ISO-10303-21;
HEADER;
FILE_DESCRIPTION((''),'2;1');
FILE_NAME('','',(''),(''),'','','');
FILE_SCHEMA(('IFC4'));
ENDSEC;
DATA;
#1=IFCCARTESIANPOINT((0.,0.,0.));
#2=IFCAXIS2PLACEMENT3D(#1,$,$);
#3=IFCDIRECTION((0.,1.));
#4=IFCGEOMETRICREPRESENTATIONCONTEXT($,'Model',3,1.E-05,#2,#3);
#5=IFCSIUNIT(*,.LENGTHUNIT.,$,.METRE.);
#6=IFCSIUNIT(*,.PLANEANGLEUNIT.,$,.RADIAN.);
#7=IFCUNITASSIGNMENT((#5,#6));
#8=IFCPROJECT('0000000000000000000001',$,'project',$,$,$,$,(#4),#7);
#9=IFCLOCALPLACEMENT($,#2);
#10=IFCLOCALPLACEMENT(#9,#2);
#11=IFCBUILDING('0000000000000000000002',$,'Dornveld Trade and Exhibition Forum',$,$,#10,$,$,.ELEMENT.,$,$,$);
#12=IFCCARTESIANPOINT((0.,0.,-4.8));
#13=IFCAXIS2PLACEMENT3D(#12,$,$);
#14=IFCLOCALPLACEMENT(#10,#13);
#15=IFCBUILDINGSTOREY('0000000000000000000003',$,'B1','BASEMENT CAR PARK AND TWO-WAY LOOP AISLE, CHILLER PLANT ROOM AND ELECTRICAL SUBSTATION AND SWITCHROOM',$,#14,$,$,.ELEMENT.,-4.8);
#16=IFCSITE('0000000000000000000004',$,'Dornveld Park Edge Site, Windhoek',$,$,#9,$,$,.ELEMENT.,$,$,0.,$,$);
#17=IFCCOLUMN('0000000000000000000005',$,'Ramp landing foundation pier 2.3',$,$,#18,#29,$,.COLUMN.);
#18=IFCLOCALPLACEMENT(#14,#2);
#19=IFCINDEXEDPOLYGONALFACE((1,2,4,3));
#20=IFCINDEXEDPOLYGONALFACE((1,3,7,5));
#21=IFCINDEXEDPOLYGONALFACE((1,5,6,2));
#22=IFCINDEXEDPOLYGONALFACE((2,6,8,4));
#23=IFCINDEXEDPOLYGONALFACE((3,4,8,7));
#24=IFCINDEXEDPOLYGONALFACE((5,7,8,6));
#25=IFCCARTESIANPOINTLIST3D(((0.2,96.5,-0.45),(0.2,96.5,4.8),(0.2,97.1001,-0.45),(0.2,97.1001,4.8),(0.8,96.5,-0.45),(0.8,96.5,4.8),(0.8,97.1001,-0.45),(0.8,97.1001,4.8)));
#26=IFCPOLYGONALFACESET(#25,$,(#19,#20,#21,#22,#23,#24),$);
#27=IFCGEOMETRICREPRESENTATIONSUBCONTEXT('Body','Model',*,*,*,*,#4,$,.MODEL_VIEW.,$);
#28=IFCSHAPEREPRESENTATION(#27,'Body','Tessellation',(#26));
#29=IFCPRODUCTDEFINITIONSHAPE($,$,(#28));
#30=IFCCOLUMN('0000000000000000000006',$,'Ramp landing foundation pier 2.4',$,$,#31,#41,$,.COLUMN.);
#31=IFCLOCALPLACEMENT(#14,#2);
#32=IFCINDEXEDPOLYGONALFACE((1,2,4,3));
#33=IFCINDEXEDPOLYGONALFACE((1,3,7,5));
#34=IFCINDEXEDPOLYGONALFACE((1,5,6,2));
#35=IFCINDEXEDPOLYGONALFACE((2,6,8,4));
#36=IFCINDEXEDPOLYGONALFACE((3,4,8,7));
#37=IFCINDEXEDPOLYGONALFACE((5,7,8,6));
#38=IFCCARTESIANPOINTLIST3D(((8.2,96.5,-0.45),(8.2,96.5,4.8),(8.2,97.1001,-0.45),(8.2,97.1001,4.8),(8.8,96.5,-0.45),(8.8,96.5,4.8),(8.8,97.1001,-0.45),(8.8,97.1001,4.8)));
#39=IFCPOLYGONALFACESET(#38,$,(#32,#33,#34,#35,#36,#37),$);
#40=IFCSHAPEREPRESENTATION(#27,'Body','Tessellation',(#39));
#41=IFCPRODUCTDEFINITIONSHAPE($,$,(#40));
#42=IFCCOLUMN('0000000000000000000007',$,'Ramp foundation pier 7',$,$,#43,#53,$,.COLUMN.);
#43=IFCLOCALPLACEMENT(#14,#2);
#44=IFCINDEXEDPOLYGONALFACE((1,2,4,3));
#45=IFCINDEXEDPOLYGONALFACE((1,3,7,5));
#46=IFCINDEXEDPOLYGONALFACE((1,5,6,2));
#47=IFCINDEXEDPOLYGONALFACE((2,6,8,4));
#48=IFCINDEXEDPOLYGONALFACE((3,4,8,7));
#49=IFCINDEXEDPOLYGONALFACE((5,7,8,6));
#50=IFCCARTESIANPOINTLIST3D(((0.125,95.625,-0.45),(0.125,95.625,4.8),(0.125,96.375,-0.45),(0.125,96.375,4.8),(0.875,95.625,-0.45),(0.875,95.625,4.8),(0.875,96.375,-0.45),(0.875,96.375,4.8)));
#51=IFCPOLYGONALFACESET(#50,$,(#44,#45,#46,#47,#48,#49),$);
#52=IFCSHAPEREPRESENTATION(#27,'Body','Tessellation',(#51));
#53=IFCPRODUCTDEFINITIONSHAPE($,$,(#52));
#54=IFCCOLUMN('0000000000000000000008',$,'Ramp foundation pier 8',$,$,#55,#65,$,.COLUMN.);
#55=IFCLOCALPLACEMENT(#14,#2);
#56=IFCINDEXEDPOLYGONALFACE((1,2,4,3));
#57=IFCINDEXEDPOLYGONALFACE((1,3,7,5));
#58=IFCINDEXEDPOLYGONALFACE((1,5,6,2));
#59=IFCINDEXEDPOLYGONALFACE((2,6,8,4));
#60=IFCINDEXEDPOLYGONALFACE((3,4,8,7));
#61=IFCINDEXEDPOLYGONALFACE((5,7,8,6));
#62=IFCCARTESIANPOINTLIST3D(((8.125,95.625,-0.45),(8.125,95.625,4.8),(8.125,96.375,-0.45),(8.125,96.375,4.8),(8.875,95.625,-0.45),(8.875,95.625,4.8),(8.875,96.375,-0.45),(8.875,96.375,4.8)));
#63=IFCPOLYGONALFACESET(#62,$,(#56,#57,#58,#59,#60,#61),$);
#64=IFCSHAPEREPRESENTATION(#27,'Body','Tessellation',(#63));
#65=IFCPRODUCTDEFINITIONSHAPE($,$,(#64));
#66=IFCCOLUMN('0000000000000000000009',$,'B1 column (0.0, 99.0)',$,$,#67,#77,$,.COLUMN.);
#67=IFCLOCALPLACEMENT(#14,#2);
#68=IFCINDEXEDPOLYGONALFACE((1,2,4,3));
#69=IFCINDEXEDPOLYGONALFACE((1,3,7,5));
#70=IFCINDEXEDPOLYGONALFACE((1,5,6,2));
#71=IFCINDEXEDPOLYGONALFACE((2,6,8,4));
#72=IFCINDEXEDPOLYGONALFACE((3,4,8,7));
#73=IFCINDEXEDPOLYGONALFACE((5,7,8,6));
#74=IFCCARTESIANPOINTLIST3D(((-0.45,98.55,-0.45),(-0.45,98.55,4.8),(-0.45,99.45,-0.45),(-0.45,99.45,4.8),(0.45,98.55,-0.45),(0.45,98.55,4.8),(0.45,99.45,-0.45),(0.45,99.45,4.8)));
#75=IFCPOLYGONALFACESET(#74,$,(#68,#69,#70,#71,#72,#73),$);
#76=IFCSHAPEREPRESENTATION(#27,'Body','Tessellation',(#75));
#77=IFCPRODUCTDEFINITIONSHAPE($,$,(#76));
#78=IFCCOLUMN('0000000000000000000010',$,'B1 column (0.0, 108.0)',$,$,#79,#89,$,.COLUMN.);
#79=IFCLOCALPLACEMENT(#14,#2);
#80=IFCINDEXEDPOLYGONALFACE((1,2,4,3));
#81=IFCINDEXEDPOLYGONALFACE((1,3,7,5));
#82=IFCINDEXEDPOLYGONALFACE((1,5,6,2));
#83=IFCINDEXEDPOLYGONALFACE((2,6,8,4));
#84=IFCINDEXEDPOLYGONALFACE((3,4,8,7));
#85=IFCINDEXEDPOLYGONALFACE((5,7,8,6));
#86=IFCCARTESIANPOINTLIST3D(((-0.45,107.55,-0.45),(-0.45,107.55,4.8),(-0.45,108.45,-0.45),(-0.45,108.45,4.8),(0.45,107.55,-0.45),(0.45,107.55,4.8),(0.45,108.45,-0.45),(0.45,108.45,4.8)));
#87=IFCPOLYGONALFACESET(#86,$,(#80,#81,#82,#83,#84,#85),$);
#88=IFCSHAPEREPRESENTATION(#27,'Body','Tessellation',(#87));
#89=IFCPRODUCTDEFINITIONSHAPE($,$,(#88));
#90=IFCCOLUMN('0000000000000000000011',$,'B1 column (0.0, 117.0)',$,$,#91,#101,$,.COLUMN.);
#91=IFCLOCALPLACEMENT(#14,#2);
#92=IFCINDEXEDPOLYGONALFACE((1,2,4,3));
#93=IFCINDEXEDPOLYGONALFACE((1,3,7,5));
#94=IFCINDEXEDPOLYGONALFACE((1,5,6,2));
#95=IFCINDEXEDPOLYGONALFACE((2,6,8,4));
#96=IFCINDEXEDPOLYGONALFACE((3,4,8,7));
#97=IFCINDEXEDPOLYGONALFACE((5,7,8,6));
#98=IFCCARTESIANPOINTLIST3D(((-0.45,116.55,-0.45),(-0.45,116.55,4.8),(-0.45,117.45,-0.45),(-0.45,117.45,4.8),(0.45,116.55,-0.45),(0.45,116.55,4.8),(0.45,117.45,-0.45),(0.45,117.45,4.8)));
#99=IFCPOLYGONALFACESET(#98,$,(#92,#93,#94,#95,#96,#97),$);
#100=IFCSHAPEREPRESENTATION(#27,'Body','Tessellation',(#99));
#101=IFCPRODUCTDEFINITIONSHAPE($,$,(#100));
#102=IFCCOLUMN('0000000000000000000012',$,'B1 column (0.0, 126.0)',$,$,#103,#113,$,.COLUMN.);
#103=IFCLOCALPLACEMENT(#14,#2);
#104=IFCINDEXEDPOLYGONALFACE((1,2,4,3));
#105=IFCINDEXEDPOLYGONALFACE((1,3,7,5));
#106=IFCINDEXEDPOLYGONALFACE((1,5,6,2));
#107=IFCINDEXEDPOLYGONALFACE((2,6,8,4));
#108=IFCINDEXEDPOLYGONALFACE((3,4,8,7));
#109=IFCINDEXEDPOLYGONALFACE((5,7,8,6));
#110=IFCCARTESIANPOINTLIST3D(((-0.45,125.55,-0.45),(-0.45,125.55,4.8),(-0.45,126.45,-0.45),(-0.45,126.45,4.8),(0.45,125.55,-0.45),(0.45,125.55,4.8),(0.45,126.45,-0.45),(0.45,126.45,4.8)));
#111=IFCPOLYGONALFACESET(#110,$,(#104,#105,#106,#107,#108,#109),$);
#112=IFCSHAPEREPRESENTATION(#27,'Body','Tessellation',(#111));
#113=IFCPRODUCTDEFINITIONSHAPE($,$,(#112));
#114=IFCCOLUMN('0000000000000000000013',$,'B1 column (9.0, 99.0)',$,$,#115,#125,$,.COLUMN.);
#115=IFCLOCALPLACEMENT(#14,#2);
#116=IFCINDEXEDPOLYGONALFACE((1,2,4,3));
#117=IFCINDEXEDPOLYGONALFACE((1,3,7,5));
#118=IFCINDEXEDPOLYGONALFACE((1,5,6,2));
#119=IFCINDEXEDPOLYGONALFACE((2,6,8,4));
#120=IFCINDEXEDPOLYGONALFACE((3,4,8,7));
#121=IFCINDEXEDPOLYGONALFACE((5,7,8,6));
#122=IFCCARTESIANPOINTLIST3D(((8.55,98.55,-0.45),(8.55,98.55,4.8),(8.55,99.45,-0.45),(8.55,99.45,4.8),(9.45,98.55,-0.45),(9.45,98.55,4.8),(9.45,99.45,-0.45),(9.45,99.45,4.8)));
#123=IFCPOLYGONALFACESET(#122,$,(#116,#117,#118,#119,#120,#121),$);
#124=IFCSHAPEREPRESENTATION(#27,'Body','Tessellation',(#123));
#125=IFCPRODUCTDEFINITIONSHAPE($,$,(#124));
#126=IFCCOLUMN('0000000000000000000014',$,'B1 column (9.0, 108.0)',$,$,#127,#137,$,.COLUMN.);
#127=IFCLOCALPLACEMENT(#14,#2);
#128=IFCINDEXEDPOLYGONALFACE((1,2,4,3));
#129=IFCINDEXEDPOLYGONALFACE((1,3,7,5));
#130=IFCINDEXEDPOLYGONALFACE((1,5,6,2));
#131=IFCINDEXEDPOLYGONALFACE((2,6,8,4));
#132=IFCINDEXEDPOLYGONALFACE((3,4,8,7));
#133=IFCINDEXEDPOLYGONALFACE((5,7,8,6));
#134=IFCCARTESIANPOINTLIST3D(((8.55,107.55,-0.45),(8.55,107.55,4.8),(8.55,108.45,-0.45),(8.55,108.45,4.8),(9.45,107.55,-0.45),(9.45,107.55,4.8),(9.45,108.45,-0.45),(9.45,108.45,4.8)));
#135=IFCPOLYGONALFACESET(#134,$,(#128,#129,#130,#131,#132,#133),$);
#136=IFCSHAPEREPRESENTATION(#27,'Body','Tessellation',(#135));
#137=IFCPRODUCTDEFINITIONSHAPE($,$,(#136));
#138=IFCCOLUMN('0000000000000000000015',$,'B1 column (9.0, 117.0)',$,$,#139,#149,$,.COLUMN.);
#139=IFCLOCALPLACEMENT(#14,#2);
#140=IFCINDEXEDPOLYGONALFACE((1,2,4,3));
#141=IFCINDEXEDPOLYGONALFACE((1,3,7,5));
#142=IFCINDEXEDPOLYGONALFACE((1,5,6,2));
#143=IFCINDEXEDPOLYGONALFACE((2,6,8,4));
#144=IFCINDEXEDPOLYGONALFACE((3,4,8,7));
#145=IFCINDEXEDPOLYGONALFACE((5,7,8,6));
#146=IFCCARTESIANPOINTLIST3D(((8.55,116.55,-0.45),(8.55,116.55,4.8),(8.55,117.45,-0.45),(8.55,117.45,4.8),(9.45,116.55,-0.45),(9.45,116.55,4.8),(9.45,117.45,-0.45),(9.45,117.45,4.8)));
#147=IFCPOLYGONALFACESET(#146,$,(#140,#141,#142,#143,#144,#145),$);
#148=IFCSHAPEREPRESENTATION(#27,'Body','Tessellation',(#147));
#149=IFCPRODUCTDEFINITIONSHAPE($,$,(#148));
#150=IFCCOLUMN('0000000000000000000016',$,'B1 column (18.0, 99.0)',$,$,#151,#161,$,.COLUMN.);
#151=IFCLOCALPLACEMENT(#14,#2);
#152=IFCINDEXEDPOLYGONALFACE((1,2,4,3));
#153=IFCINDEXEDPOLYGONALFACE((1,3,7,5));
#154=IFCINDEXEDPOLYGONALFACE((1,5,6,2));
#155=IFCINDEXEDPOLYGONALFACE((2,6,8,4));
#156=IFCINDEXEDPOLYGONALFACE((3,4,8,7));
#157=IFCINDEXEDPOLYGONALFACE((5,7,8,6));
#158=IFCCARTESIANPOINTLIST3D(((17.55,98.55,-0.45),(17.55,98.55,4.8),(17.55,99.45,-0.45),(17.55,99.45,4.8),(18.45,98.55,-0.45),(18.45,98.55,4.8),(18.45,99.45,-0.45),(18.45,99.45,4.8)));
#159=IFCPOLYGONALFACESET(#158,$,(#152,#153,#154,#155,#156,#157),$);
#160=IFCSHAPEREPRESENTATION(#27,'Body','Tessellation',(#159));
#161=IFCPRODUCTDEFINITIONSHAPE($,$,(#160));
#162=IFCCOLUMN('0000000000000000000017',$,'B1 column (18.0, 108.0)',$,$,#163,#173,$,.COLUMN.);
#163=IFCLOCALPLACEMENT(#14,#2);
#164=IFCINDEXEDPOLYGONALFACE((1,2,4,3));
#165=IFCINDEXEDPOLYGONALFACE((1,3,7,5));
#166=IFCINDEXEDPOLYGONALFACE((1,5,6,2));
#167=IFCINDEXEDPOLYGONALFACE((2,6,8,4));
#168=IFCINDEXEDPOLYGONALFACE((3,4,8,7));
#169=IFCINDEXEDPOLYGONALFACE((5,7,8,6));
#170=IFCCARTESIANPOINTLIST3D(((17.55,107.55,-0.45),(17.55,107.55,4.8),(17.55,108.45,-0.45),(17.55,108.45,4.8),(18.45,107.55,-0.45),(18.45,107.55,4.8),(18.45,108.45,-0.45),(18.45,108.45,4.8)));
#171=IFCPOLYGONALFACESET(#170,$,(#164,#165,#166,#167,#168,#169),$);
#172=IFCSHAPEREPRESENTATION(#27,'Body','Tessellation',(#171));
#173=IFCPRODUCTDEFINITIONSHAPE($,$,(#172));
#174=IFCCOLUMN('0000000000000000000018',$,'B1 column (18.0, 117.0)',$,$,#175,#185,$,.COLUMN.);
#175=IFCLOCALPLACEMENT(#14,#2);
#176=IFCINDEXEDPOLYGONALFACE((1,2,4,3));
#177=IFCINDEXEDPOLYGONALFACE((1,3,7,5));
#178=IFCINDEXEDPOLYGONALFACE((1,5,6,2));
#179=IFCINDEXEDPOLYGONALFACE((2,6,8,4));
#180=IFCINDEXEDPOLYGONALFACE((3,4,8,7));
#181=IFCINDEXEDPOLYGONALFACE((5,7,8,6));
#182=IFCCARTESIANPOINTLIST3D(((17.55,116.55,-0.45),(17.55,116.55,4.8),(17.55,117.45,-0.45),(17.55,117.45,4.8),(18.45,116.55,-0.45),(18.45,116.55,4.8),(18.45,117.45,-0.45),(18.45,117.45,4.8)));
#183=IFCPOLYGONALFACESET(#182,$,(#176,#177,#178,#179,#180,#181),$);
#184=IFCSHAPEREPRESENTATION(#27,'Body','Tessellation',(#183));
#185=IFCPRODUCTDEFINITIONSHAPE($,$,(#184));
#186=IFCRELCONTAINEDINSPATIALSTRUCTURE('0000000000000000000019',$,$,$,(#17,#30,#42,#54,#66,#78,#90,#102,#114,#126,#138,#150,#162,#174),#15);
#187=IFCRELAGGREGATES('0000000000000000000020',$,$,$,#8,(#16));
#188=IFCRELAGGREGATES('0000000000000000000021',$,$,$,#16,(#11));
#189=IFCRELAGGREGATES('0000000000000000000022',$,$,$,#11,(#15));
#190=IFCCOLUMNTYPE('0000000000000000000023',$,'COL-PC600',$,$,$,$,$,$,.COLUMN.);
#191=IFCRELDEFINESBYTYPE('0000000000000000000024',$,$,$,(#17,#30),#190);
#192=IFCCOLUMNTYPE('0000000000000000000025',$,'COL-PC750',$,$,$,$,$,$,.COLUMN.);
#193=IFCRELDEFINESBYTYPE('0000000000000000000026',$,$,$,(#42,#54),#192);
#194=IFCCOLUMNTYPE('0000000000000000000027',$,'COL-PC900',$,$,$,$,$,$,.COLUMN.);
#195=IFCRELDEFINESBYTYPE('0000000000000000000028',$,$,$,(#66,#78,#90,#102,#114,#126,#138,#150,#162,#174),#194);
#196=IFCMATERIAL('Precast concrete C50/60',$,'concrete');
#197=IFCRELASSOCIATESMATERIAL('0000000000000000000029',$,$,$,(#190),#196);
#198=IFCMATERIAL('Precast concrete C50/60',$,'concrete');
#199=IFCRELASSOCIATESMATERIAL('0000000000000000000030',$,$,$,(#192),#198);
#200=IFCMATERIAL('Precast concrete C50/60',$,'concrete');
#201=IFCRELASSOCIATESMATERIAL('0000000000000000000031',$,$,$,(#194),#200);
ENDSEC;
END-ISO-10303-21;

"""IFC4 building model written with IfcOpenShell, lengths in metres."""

from ifc_helpers import new_model, si_unit, direction, frame, origin, origin_2d, place, context, subcontext, project, spatial, rectangle, extrude, material, material_profile, profile_set, type_object, element, save


model = new_model("IFC4")

# Units and contexts
model_context = context("Model", 3, precision=1e-05, world=origin(), true_north=direction((0.0, 1.0)))
body_context = subcontext(model_context, "Body", "Model", "MODEL_VIEW")
ifc_project = project(units=[si_unit("LENGTHUNIT", "METRE"), si_unit("PLANEANGLEUNIT", "RADIAN")], contexts=[model_context])

# Site, building, storey
site_placement = place(None, origin())
site = spatial("IfcSite", under=ifc_project, at=site_placement, Name="Dornveld Park Edge Site, Windhoek", CompositionType="ELEMENT", RefElevation=0.0)
building_placement = place(site_placement, origin())
building = spatial("IfcBuilding", under=site, at=building_placement, Name="Dornveld Trade and Exhibition Forum", CompositionType="ELEMENT")
storey_placement = place(building_placement, frame((0.0, 0.0, -4.8)))
storey = spatial("IfcBuildingStorey", under=building, at=storey_placement, Name="B1", Description="BASEMENT CAR PARK AND TWO-WAY LOOP AISLE, CHILLER PLANT ROOM AND ELECTRICAL SUBSTATION AND SWITCHROOM", CompositionType="ELEMENT", Elevation=-4.8)

# Columns
ifc_material_1 = material(Name="Precast concrete C50/60", Category="concrete")
ifc_material_profile_1 = material_profile(ifc_material_1, rectangle(XDim=0.6001, YDim=0.6001, at=origin_2d()), Name="PC-COL 600x600")
ifc_profile_set_1 = profile_set([ifc_material_profile_1], Name="Precast concrete C50/60")
column_type_1 = type_object("IfcColumnType", Name="COL-PC600", PredefinedType="COLUMN", material=ifc_profile_set_1)
for number, where, z_axis, x_axis, name in (
    (1, (0.5, 96.8, -0.45), (0.0, 0.0, 1.0), (1.0, 0.0, 0.0), "Ramp landing foundation pier 2.3"),
    (2, (8.5, 96.8, -0.45), (0.0, 0.0, 1.0), (1.0, 0.0, 0.0), "Ramp landing foundation pier 2.4"),
):
    element("IfcColumn", number, at=place(storey_placement, frame(where, z_axis=z_axis, x_axis=x_axis)), inside=storey, type_object=column_type_1, Name=name, PredefinedType="COLUMN", context=body_context, shape_type="SweptSolid", body=[
        extrude(rectangle(XDim=0.6001, YDim=0.6001, at=origin_2d()), origin(), (0.0, 0.0, 1.0), 5.25),
    ])
ifc_material_2 = material(Name="Precast concrete C50/60", Category="concrete")
ifc_material_profile_2 = material_profile(ifc_material_2, rectangle(XDim=0.75, YDim=0.75, at=origin_2d()), Name="PC-COL 750x750")
ifc_profile_set_2 = profile_set([ifc_material_profile_2], Name="Precast concrete C50/60")
column_type_2 = type_object("IfcColumnType", Name="COL-PC750", PredefinedType="COLUMN", material=ifc_profile_set_2)
for number, where, z_axis, x_axis, name in (
    (3, (0.5, 96.0, -0.45), (0.0, 0.0, 1.0), (1.0, 0.0, 0.0), "Ramp foundation pier 7"),
    (4, (8.5, 96.0, -0.45), (0.0, 0.0, 1.0), (1.0, 0.0, 0.0), "Ramp foundation pier 8"),
):
    element("IfcColumn", number, at=place(storey_placement, frame(where, z_axis=z_axis, x_axis=x_axis)), inside=storey, type_object=column_type_2, Name=name, PredefinedType="COLUMN", context=body_context, shape_type="SweptSolid", body=[
        extrude(rectangle(XDim=0.75, YDim=0.75, at=origin_2d()), origin(), (0.0, 0.0, 1.0), 5.25),
    ])
ifc_material_3 = material(Name="Precast concrete C50/60", Category="concrete")
ifc_material_profile_3 = material_profile(ifc_material_3, rectangle(XDim=0.8999, YDim=0.8999, at=origin_2d()), Name="PC-COL 900x900")
ifc_profile_set_3 = profile_set([ifc_material_profile_3], Name="Precast concrete C50/60")
column_type_3 = type_object("IfcColumnType", Name="COL-PC900", PredefinedType="COLUMN", material=ifc_profile_set_3)
for number, where, z_axis, x_axis, name in (
    (5, (0.0, 99.0, -0.45), (0.0, 0.0, 1.0), (1.0, 0.0, 0.0), "B1 column (0.0, 99.0)"),
    (6, (0.0, 108.0, -0.45), (0.0, 0.0, 1.0), (1.0, 0.0, 0.0), "B1 column (0.0, 108.0)"),
    (7, (0.0, 117.0, -0.45), (0.0, 0.0, 1.0), (1.0, 0.0, 0.0), "B1 column (0.0, 117.0)"),
    (8, (0.0, 126.0, -0.45), (0.0, 0.0, 1.0), (1.0, 0.0, 0.0), "B1 column (0.0, 126.0)"),
    (9, (9.0, 99.0, -0.45), (0.0, 0.0, 1.0), (1.0, 0.0, 0.0), "B1 column (9.0, 99.0)"),
    (10, (9.0, 108.0, -0.45), (0.0, 0.0, 1.0), (1.0, 0.0, 0.0), "B1 column (9.0, 108.0)"),
    (11, (9.0, 117.0, -0.45), (0.0, 0.0, 1.0), (1.0, 0.0, 0.0), "B1 column (9.0, 117.0)"),
    (12, (18.0, 99.0, -0.45), (0.0, 0.0, 1.0), (1.0, 0.0, 0.0), "B1 column (18.0, 99.0)"),
    (13, (18.0, 108.0, -0.45), (0.0, 0.0, 1.0), (1.0, 0.0, 0.0), "B1 column (18.0, 108.0)"),
    (14, (18.0, 117.0, -0.45), (0.0, 0.0, 1.0), (1.0, 0.0, 0.0), "B1 column (18.0, 117.0)"),
):
    element("IfcColumn", number, at=place(storey_placement, frame(where, z_axis=z_axis, x_axis=x_axis)), inside=storey, type_object=column_type_3, Name=name, PredefinedType="COLUMN", context=body_context, shape_type="SweptSolid", body=[
        extrude(rectangle(XDim=0.8999, YDim=0.8999, at=origin_2d()), origin(), (0.0, 0.0, 1.0), 5.25),
    ])

save(model, "model.ifc")
